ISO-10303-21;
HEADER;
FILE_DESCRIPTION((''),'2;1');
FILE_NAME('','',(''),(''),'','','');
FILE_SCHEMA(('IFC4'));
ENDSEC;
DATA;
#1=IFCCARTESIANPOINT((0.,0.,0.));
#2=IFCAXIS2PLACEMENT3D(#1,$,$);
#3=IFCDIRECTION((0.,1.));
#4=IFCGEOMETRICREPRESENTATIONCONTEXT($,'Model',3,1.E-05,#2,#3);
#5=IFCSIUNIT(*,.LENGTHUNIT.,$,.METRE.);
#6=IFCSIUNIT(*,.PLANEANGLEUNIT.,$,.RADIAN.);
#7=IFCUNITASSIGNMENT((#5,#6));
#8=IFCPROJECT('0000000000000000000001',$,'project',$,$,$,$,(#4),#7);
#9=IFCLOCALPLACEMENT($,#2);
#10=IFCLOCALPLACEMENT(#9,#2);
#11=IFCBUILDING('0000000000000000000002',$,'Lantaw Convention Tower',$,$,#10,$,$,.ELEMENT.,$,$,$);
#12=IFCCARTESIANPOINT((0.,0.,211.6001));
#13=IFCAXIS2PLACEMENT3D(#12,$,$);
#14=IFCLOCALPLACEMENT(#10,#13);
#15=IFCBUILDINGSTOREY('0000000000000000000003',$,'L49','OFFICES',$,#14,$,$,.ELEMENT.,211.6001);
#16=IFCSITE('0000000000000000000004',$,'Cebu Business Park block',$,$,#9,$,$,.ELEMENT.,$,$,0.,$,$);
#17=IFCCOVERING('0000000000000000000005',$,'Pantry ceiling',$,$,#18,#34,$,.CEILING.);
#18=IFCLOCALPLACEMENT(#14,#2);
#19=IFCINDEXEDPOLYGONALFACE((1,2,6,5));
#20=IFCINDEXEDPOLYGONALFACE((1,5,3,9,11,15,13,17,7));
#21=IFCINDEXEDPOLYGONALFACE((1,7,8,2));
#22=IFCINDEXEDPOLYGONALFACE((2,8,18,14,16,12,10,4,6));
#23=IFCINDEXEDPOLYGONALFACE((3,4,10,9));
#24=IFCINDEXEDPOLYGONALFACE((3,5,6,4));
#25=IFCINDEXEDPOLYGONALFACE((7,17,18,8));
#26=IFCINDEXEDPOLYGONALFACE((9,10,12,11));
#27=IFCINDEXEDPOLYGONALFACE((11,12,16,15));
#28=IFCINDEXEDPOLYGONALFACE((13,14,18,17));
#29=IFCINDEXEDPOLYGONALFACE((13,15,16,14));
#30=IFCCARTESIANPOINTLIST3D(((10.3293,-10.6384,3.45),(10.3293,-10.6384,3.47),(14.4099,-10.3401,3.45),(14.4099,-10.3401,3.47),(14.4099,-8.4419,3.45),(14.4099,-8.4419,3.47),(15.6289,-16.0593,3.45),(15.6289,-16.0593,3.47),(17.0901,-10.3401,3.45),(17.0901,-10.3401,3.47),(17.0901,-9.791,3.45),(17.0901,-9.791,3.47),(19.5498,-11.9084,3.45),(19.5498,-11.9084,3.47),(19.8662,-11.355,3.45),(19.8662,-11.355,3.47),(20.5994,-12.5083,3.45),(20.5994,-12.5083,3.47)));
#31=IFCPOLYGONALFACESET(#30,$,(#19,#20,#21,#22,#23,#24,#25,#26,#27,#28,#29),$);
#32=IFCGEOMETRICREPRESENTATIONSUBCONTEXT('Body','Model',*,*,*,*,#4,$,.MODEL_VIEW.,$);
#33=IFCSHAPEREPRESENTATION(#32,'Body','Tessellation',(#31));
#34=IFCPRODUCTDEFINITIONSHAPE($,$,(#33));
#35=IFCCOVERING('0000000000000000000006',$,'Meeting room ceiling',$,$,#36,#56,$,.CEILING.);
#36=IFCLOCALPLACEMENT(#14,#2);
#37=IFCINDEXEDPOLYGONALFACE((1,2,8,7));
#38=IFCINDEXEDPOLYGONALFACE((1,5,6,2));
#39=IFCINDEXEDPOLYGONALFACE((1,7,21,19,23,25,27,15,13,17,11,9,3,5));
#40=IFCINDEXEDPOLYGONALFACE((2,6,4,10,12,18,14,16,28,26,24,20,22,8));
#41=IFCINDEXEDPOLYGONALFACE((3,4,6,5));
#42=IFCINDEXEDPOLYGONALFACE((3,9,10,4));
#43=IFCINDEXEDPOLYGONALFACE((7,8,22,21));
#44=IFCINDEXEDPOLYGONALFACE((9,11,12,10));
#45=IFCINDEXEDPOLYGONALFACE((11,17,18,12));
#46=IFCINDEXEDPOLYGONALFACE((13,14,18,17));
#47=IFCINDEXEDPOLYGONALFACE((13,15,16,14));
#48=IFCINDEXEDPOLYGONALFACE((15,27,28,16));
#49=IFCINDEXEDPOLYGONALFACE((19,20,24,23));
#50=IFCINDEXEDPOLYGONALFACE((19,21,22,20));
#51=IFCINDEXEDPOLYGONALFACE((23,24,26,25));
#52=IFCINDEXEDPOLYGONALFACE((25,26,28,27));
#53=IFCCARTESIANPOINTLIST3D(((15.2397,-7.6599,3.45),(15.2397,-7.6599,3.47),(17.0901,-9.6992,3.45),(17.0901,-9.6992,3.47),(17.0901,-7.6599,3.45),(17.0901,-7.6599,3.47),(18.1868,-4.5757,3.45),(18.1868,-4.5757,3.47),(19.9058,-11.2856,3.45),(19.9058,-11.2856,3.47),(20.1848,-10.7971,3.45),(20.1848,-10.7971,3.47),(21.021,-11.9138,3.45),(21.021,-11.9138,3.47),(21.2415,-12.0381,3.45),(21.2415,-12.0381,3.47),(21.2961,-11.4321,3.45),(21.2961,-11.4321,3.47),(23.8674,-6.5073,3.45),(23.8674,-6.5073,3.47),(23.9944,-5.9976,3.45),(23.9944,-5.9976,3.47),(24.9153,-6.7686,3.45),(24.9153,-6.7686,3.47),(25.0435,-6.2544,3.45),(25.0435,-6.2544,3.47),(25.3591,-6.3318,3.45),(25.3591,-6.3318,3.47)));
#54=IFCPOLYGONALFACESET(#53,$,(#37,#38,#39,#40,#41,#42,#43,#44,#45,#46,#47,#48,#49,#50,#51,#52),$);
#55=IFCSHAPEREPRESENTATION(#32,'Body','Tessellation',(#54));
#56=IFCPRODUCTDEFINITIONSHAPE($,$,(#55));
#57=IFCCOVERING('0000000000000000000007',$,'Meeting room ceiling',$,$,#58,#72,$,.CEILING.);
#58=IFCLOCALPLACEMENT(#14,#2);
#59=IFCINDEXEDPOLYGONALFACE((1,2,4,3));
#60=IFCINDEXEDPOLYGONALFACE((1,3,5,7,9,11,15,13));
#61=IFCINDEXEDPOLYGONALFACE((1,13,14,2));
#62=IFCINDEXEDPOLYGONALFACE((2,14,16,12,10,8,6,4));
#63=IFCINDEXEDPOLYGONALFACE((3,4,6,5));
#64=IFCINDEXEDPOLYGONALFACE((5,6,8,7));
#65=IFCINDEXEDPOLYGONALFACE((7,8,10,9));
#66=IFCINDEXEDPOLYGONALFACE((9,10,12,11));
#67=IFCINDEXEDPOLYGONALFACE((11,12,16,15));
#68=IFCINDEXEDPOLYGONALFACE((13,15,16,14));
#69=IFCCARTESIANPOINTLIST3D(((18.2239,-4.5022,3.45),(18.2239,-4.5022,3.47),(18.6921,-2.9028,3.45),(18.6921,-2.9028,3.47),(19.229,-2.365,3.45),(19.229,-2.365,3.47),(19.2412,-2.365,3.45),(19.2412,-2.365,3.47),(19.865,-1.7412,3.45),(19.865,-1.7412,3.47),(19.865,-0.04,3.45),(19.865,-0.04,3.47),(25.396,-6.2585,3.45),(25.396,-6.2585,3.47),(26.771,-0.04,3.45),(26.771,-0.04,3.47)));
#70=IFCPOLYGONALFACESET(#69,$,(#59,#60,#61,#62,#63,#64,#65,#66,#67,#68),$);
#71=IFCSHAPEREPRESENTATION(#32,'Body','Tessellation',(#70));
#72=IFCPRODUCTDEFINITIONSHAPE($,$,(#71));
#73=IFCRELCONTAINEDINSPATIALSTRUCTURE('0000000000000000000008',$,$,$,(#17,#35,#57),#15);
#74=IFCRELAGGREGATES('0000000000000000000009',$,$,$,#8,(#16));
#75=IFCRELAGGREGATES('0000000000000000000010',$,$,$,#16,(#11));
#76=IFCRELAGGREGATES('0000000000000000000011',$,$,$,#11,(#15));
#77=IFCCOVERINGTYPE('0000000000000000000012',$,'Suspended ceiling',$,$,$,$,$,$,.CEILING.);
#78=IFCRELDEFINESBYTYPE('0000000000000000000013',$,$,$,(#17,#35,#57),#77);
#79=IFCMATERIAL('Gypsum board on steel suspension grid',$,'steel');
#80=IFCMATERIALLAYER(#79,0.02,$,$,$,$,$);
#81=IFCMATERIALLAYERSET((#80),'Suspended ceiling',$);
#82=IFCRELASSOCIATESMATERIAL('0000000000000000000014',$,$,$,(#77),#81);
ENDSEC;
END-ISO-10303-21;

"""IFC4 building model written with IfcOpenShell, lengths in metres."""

from ifc_helpers import new_model, si_unit, direction, frame, origin, place, context, subcontext, project, spatial, polyline, outline, extrude, material, layer, layer_set, type_object, element, save


model = new_model("IFC4")

# Units and contexts
model_context = context("Model", 3, precision=1e-05, world=origin(), true_north=direction((0.0, 1.0)))
body_context = subcontext(model_context, "Body", "Model", "MODEL_VIEW")
ifc_project = project(units=[si_unit("LENGTHUNIT", "METRE"), si_unit("PLANEANGLEUNIT", "RADIAN")], contexts=[model_context])

# Site, building, storey
site_placement = place(None, origin())
site = spatial("IfcSite", under=ifc_project, at=site_placement, Name="Cebu Business Park block", CompositionType="ELEMENT", RefElevation=0.0)
building_placement = place(site_placement, origin())
building = spatial("IfcBuilding", under=site, at=building_placement, Name="Lantaw Convention Tower", CompositionType="ELEMENT")
storey_placement = place(building_placement, frame((0.0, 0.0, 211.6001)))
storey = spatial("IfcBuildingStorey", under=building, at=storey_placement, Name="L49", Description="OFFICES", CompositionType="ELEMENT", Elevation=211.6001)

# Coverings
ifc_material_1 = material(Name="Gypsum board on steel suspension grid", Category="steel")
ifc_layer_1 = layer(ifc_material_1, 0.02)
ifc_layer_set_1 = layer_set([ifc_layer_1], Name="Suspended ceiling")
covering_type = type_object("IfcCoveringType", Name="Suspended ceiling", PredefinedType="CEILING", material=ifc_layer_set_1)
covering_1_placement = place(storey_placement, frame((0.0, 0.0, 3.45)))
element("IfcCovering", 1, at=covering_1_placement, inside=storey, type_object=covering_type, Name="Pantry ceiling", PredefinedType="CEILING", context=body_context, shape_type="SweptSolid", body=[
    extrude(outline(polyline([(14.4099, -8.4419), (10.3293, -10.6384), (15.6289, -16.0593), (20.5994, -12.5083), (19.5498, -11.9084), (19.8662, -11.355), (17.0901, -9.791), (17.0901, -10.3401), (14.4099, -10.3401), (14.4099, -8.4419)])), origin(), (0.0, 0.0, 1.0), 0.02),
])
covering_2_placement = place(storey_placement, frame((0.0, 0.0, 3.45)))
element("IfcCovering", 2, at=covering_2_placement, inside=storey, type_object=covering_type, Name="Meeting room ceiling", PredefinedType="CEILING", context=body_context, shape_type="SweptSolid", body=[
    extrude(outline(polyline([(18.1868, -4.5757), (15.2397, -7.6599), (17.0901, -7.6599), (17.0901, -9.6992), (19.9058, -11.2856), (20.1848, -10.7971), (21.2961, -11.4321), (21.021, -11.9138), (21.2415, -12.0381), (25.3591, -6.3318), (25.0435, -6.2544), (24.9153, -6.7686), (23.8674, -6.5073), (23.9944, -5.9976), (18.1868, -4.5757)])), origin(), (0.0, 0.0, 1.0), 0.02),
])
covering_3_placement = place(storey_placement, frame((0.0, 0.0, 3.45)))
element("IfcCovering", 3, at=covering_3_placement, inside=storey, type_object=covering_type, Name="Meeting room ceiling", PredefinedType="CEILING", context=body_context, shape_type="SweptSolid", body=[
    extrude(outline(polyline([(19.229, -2.365), (18.6921, -2.9028), (18.2239, -4.5022), (25.396, -6.2585), (26.771, -0.04), (19.865, -0.04), (19.865, -1.7412), (19.2412, -2.365), (19.229, -2.365)])), origin(), (0.0, 0.0, 1.0), 0.02),
])

save(model, "model.ifc")
